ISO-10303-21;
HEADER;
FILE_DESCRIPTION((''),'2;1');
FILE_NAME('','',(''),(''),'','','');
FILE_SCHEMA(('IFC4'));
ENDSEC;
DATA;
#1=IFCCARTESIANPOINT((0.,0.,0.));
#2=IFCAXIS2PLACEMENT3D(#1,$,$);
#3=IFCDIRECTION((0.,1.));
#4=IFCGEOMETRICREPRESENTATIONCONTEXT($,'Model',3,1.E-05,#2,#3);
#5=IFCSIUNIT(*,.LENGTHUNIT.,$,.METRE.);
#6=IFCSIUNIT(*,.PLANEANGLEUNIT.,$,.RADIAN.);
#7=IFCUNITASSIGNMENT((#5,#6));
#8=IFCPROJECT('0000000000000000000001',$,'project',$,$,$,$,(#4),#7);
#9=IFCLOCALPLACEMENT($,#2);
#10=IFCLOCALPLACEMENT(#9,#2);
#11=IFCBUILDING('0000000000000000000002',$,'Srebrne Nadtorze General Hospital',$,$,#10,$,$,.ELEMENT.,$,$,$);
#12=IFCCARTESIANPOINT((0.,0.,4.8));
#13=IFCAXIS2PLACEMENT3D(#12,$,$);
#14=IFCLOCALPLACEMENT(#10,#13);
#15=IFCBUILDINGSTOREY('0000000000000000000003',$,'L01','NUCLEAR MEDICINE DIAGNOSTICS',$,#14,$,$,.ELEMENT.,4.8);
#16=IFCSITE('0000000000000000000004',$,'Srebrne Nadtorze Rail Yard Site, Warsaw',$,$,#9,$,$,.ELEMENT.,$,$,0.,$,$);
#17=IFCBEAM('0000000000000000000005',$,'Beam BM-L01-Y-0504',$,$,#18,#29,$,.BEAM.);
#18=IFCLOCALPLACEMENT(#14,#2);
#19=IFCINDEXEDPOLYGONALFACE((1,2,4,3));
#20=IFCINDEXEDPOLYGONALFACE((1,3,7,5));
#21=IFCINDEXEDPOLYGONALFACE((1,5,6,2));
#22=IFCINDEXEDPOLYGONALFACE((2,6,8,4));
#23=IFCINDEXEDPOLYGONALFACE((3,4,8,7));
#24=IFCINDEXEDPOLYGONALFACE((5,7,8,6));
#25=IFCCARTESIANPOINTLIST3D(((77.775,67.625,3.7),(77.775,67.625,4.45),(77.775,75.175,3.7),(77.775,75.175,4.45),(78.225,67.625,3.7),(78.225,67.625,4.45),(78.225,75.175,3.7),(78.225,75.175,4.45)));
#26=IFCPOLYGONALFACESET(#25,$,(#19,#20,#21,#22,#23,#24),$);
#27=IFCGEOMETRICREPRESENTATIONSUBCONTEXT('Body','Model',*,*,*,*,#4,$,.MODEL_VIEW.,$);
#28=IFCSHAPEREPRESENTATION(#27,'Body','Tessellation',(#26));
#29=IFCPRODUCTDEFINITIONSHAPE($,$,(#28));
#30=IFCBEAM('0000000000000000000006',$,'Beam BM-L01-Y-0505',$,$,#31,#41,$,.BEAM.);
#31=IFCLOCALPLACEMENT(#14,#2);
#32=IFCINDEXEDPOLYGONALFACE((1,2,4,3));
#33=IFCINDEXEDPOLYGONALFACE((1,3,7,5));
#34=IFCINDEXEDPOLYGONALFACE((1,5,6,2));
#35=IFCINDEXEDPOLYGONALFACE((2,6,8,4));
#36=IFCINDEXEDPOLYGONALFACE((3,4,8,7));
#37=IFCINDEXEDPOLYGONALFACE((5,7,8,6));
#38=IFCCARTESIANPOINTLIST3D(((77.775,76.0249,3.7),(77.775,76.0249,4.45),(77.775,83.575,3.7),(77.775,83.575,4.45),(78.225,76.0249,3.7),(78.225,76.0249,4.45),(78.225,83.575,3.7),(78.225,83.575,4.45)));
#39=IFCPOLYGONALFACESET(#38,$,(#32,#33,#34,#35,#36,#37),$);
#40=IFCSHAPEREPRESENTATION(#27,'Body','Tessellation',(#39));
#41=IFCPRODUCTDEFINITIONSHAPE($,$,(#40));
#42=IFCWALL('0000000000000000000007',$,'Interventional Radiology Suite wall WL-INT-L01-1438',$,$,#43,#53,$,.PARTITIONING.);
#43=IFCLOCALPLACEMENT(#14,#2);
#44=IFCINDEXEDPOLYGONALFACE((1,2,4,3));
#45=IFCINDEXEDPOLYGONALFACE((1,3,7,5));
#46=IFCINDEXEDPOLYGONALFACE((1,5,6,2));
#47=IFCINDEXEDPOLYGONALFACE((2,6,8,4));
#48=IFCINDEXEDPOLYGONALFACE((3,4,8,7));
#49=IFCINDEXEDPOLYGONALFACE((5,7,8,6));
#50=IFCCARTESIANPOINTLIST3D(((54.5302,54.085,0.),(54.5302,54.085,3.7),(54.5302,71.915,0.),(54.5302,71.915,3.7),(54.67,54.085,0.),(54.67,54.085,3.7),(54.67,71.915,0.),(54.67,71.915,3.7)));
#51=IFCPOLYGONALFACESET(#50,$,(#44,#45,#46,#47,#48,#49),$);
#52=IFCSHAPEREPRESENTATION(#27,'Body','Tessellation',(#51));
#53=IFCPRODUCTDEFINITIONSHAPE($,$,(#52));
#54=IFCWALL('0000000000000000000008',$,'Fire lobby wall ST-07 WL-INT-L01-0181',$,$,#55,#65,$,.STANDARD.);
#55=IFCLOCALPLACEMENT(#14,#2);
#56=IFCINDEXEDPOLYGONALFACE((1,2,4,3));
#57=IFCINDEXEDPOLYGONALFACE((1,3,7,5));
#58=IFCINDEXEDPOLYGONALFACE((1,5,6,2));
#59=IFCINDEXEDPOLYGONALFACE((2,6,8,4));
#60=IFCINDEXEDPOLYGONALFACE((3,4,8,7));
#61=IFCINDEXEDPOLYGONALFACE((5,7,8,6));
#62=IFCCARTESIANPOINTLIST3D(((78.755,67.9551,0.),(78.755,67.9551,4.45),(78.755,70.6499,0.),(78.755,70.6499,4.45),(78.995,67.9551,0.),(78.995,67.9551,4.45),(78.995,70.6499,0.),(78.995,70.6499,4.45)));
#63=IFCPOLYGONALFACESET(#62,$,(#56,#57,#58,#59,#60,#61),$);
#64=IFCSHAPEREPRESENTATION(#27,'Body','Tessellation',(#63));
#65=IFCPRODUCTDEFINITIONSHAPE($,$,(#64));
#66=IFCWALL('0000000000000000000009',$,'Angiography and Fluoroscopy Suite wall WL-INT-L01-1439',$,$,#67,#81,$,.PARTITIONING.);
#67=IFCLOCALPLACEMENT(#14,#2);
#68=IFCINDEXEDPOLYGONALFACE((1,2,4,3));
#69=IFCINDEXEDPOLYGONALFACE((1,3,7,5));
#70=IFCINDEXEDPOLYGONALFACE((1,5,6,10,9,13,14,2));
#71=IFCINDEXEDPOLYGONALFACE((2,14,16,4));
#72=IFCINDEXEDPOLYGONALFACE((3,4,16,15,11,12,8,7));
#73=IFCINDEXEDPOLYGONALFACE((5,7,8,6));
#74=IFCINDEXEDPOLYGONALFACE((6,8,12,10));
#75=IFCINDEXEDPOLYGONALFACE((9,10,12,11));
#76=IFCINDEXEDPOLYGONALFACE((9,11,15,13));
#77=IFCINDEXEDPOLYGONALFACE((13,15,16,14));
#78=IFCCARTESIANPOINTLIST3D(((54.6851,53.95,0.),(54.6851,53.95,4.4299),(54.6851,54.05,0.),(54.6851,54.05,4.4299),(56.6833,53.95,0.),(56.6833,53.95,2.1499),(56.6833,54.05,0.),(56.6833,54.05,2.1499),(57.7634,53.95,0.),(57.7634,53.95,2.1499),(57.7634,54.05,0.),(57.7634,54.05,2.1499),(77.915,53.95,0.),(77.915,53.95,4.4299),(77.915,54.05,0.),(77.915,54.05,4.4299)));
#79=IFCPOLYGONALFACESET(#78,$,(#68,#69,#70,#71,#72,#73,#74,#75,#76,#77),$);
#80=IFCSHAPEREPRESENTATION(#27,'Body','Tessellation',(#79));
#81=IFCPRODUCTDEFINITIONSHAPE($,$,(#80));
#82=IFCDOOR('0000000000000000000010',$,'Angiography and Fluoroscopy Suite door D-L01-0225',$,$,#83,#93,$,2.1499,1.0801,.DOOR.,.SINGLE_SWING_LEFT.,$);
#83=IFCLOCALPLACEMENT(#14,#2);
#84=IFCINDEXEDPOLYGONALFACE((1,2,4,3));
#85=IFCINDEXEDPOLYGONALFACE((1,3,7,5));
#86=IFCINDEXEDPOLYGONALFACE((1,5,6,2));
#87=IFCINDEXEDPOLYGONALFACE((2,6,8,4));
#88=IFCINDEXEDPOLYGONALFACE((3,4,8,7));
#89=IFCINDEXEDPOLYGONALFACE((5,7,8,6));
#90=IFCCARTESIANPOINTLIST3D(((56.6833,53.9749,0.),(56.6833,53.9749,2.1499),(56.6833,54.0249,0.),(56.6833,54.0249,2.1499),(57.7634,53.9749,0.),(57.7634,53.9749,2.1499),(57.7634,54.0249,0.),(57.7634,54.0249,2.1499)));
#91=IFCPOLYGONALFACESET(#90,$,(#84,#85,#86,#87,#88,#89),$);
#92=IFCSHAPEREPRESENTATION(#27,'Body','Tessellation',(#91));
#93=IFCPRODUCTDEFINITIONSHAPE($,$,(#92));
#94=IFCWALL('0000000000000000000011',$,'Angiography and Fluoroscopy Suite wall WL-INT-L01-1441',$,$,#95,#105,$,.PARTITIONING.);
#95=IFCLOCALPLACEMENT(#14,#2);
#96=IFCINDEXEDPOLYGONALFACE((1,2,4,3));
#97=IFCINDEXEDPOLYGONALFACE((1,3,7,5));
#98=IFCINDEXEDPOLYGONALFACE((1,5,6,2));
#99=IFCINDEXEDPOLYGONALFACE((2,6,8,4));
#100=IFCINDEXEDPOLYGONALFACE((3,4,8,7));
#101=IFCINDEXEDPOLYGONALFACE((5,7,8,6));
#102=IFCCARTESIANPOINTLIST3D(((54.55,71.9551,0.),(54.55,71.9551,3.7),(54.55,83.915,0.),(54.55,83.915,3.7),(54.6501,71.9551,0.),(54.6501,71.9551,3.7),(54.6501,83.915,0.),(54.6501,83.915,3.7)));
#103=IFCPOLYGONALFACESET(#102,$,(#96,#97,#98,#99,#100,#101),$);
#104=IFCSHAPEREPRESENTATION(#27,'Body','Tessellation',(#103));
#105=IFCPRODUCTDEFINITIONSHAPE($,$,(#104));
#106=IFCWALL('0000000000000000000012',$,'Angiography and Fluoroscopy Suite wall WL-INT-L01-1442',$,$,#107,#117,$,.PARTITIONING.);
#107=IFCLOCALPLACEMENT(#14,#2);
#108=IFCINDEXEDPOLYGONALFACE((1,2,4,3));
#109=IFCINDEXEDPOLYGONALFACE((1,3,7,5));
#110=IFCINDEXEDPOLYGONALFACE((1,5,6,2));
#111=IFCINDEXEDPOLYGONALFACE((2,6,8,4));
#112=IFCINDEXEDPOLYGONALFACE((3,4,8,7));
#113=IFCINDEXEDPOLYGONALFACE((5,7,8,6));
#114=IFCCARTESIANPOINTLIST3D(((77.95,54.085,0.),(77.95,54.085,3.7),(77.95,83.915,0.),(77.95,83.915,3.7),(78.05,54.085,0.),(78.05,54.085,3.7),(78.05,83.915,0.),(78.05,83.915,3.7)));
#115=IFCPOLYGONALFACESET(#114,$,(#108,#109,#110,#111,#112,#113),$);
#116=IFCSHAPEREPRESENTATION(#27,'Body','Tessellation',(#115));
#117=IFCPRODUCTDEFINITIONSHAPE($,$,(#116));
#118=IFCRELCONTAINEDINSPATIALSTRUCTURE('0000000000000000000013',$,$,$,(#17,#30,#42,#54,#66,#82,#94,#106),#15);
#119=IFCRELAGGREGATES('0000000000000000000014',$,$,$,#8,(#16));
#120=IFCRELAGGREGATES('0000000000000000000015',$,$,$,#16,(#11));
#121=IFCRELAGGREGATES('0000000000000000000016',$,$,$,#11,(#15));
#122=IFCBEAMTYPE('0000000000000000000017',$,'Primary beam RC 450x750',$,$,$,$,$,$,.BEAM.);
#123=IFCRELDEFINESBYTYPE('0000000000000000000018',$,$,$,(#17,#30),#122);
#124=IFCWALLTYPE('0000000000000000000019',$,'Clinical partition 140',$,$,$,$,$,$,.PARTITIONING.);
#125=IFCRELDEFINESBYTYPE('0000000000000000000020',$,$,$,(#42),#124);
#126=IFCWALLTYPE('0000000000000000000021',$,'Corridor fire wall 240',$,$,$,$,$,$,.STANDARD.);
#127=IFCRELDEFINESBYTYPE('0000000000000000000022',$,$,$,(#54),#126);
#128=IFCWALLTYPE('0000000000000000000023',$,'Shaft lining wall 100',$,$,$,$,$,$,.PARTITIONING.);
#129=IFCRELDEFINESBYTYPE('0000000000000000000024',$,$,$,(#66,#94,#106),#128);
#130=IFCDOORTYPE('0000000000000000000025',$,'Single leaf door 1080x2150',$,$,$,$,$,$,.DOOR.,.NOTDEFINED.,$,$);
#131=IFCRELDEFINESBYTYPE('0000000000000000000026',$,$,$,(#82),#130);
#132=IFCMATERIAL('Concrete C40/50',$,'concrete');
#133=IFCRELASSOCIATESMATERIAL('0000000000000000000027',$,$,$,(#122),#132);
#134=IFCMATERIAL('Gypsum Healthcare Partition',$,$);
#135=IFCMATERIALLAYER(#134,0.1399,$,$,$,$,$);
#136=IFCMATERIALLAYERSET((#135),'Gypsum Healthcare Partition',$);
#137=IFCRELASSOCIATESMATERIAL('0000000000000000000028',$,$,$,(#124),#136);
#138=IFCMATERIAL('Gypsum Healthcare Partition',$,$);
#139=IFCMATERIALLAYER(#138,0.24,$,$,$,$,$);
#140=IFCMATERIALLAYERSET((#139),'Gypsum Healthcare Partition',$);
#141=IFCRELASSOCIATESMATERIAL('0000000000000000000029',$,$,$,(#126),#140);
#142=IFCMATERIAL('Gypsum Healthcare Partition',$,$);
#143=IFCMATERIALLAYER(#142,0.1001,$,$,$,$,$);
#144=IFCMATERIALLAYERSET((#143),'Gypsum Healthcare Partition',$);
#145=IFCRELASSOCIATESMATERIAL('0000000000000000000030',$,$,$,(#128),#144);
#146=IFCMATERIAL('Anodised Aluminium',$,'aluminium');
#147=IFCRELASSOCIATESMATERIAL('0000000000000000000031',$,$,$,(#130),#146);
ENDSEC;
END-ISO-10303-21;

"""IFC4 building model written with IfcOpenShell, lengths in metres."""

from ifc_helpers import new_model, si_unit, direction, frame, frame_2d, origin, origin_2d, place, context, subcontext, project, spatial, rectangle, extrude, material, layer, layer_set, material_profile, profile_set, type_object, element, fill, save


model = new_model("IFC4")

# Units and contexts
model_context = context("Model", 3, precision=1e-05, world=origin(), true_north=direction((0.0, 1.0)))
body_context = subcontext(model_context, "Body", "Model", "MODEL_VIEW")
ifc_project = project(units=[si_unit("LENGTHUNIT", "METRE"), si_unit("PLANEANGLEUNIT", "RADIAN")], contexts=[model_context])

# Site, building, storey
site_placement = place(None, origin())
site = spatial("IfcSite", under=ifc_project, at=site_placement, Name="Srebrne Nadtorze Rail Yard Site, Warsaw", CompositionType="ELEMENT", RefElevation=0.0)
building_placement = place(site_placement, origin())
building = spatial("IfcBuilding", under=site, at=building_placement, Name="Srebrne Nadtorze General Hospital", CompositionType="ELEMENT")
storey_placement = place(building_placement, frame((0.0, 0.0, 4.8)))
storey = spatial("IfcBuildingStorey", under=building, at=storey_placement, Name="L01", Description="NUCLEAR MEDICINE DIAGNOSTICS", CompositionType="ELEMENT", Elevation=4.8)

# Beams
ifc_material_1 = material(Name="Concrete C40/50", Category="concrete")
ifc_material_profile_1 = material_profile(ifc_material_1, rectangle(XDim=0.45, YDim=0.75, at=origin_2d()), Name="RC-BM-450x750")
ifc_profile_set_1 = profile_set([ifc_material_profile_1], Name="Concrete C40/50")
beam_type = type_object("IfcBeamType", Name="Primary beam RC 450x750", PredefinedType="BEAM", material=ifc_profile_set_1)
for number, where, z_axis, x_axis, name in (
    (1, (78.0, 67.625, 4.075), (0.0, 1.0, 0.0), (-1.0, 0.0, 0.0), "Beam BM-L01-Y-0504"),
    (2, (78.0, 76.0249, 4.075), (0.0, 1.0, 0.0), (-1.0, 0.0, 0.0), "Beam BM-L01-Y-0505"),
):
    element("IfcBeam", number, at=place(storey_placement, frame(where, z_axis=z_axis, x_axis=x_axis)), inside=storey, type_object=beam_type, Name=name, PredefinedType="BEAM", context=body_context, shape_type="SweptSolid", body=[
        extrude(rectangle(XDim=0.45, YDim=0.75, at=origin_2d()), origin(), (0.0, 0.0, 1.0), 7.55),
    ])

# Walls
ifc_material_2 = material(Name="Gypsum Healthcare Partition")
ifc_layer_1 = layer(ifc_material_2, 0.1399)
ifc_layer_set_1 = layer_set([ifc_layer_1], Name="Gypsum Healthcare Partition")
wall_type_1 = type_object("IfcWallType", Name="Clinical partition 140", PredefinedType="PARTITIONING", material=ifc_layer_set_1)
wall_1_placement = place(storey_placement, frame((54.6001, 54.085, 0.0), z_axis=(0.0, 0.0, 1.0), x_axis=(0.0, 1.0, 0.0)))
element("IfcWall", 3, at=wall_1_placement, inside=storey, type_object=wall_type_1, Name="Interventional Radiology Suite wall WL-INT-L01-1438", PredefinedType="PARTITIONING", context=body_context, shape_type="SweptSolid", body=[
    extrude(rectangle(XDim=17.8301, YDim=0.1399, at=frame_2d((8.915, 0.0))), origin(), (0.0, 0.0, 1.0), 3.7),
])
ifc_material_3 = material(Name="Gypsum Healthcare Partition")
ifc_layer_2 = layer(ifc_material_3, 0.24)
ifc_layer_set_2 = layer_set([ifc_layer_2], Name="Gypsum Healthcare Partition")
wall_type_2 = type_object("IfcWallType", Name="Corridor fire wall 240", PredefinedType="STANDARD", material=ifc_layer_set_2)
wall_2_placement = place(storey_placement, frame((78.875, 67.9551, 0.0), z_axis=(0.0, 0.0, 1.0), x_axis=(0.0, 1.0, 0.0)))
element("IfcWall", 4, at=wall_2_placement, inside=storey, type_object=wall_type_2, Name="Fire lobby wall ST-07 WL-INT-L01-0181", PredefinedType="STANDARD", context=body_context, shape_type="SweptSolid", body=[
    extrude(rectangle(XDim=2.6948, YDim=0.24, at=frame_2d((1.3474, 0.0))), origin(), (0.0, 0.0, 1.0), 4.45),
])

# Wall, opening, door
ifc_material_4 = material(Name="Gypsum Healthcare Partition")
ifc_layer_3 = layer(ifc_material_4, 0.1001)
ifc_layer_set_3 = layer_set([ifc_layer_3], Name="Gypsum Healthcare Partition")
wall_type_3 = type_object("IfcWallType", Name="Shaft lining wall 100", PredefinedType="PARTITIONING", material=ifc_layer_set_3)
wall_3_placement = place(storey_placement, frame((54.6851, 54.0, 0.0), z_axis=(0.0, 0.0, 1.0), x_axis=(1.0, 0.0, 0.0)))
wall_3 = element("IfcWall", 5, at=wall_3_placement, inside=storey, type_object=wall_type_3, Name="Angiography and Fluoroscopy Suite wall WL-INT-L01-1439", PredefinedType="PARTITIONING", context=body_context, shape_type="SweptSolid", body=[
    extrude(rectangle(XDim=23.23, YDim=0.1001, at=frame_2d((11.615, 0.0))), origin(), (0.0, 0.0, 1.0), 4.4299),
])
opening_placement = place(wall_3_placement, frame((1.9983, 0.0, 0.0)))
opening = element("IfcOpeningElement", 6, at=opening_placement, cuts=wall_3, PredefinedType="OPENING", context=body_context, shape_type="SweptSolid", body=[
    extrude(rectangle(XDim=1.0801, YDim=2.1499, at=frame_2d((0.54, 1.075))), frame((0.0, 0.062, 0.0), z_axis=(0.0, -1.0, 0.0), x_axis=(1.0, 0.0, 0.0)), (0.0, 0.0, 1.0), 0.124),
])
ifc_material_5 = material(Name="Anodised Aluminium", Category="aluminium")
door_type = type_object("IfcDoorType", Name="Single leaf door 1080x2150", OperationType="NOTDEFINED", PredefinedType="DOOR", material=ifc_material_5)
door_placement = place(opening_placement, origin())
door = element("IfcDoor", 7, at=door_placement, inside=storey, type_object=door_type, Name="Angiography and Fluoroscopy Suite door D-L01-0225", OperationType="SINGLE_SWING_LEFT", OverallHeight=2.1499, OverallWidth=1.0801, PredefinedType="DOOR", context=body_context, shape_type="SweptSolid", body=[
    extrude(rectangle(XDim=1.0801, YDim=2.1499, at=frame_2d((0.54, 1.075))), frame((0.0, 0.0249, 0.0), z_axis=(0.0, -1.0, 0.0), x_axis=(1.0, 0.0, 0.0)), (0.0, 0.0, 1.0), 0.05),
])
fill(opening, door)

# Walls
wall_4_placement = place(storey_placement, frame((54.6001, 71.9551, 0.0), z_axis=(0.0, 0.0, 1.0), x_axis=(0.0, 1.0, 0.0)))
element("IfcWall", 8, at=wall_4_placement, inside=storey, type_object=wall_type_3, Name="Angiography and Fluoroscopy Suite wall WL-INT-L01-1441", PredefinedType="PARTITIONING", context=body_context, shape_type="SweptSolid", body=[
    extrude(rectangle(XDim=11.96, YDim=0.1001, at=frame_2d((5.98, 0.0))), origin(), (0.0, 0.0, 1.0), 3.7),
])
wall_5_placement = place(storey_placement, frame((78.0, 54.085, 0.0), z_axis=(0.0, 0.0, 1.0), x_axis=(0.0, 1.0, 0.0)))
element("IfcWall", 9, at=wall_5_placement, inside=storey, type_object=wall_type_3, Name="Angiography and Fluoroscopy Suite wall WL-INT-L01-1442", PredefinedType="PARTITIONING", context=body_context, shape_type="SweptSolid", body=[
    extrude(rectangle(XDim=29.8301, YDim=0.1001, at=frame_2d((14.915, 0.0))), origin(), (0.0, 0.0, 1.0), 3.7),
])

save(model, "model.ifc")
